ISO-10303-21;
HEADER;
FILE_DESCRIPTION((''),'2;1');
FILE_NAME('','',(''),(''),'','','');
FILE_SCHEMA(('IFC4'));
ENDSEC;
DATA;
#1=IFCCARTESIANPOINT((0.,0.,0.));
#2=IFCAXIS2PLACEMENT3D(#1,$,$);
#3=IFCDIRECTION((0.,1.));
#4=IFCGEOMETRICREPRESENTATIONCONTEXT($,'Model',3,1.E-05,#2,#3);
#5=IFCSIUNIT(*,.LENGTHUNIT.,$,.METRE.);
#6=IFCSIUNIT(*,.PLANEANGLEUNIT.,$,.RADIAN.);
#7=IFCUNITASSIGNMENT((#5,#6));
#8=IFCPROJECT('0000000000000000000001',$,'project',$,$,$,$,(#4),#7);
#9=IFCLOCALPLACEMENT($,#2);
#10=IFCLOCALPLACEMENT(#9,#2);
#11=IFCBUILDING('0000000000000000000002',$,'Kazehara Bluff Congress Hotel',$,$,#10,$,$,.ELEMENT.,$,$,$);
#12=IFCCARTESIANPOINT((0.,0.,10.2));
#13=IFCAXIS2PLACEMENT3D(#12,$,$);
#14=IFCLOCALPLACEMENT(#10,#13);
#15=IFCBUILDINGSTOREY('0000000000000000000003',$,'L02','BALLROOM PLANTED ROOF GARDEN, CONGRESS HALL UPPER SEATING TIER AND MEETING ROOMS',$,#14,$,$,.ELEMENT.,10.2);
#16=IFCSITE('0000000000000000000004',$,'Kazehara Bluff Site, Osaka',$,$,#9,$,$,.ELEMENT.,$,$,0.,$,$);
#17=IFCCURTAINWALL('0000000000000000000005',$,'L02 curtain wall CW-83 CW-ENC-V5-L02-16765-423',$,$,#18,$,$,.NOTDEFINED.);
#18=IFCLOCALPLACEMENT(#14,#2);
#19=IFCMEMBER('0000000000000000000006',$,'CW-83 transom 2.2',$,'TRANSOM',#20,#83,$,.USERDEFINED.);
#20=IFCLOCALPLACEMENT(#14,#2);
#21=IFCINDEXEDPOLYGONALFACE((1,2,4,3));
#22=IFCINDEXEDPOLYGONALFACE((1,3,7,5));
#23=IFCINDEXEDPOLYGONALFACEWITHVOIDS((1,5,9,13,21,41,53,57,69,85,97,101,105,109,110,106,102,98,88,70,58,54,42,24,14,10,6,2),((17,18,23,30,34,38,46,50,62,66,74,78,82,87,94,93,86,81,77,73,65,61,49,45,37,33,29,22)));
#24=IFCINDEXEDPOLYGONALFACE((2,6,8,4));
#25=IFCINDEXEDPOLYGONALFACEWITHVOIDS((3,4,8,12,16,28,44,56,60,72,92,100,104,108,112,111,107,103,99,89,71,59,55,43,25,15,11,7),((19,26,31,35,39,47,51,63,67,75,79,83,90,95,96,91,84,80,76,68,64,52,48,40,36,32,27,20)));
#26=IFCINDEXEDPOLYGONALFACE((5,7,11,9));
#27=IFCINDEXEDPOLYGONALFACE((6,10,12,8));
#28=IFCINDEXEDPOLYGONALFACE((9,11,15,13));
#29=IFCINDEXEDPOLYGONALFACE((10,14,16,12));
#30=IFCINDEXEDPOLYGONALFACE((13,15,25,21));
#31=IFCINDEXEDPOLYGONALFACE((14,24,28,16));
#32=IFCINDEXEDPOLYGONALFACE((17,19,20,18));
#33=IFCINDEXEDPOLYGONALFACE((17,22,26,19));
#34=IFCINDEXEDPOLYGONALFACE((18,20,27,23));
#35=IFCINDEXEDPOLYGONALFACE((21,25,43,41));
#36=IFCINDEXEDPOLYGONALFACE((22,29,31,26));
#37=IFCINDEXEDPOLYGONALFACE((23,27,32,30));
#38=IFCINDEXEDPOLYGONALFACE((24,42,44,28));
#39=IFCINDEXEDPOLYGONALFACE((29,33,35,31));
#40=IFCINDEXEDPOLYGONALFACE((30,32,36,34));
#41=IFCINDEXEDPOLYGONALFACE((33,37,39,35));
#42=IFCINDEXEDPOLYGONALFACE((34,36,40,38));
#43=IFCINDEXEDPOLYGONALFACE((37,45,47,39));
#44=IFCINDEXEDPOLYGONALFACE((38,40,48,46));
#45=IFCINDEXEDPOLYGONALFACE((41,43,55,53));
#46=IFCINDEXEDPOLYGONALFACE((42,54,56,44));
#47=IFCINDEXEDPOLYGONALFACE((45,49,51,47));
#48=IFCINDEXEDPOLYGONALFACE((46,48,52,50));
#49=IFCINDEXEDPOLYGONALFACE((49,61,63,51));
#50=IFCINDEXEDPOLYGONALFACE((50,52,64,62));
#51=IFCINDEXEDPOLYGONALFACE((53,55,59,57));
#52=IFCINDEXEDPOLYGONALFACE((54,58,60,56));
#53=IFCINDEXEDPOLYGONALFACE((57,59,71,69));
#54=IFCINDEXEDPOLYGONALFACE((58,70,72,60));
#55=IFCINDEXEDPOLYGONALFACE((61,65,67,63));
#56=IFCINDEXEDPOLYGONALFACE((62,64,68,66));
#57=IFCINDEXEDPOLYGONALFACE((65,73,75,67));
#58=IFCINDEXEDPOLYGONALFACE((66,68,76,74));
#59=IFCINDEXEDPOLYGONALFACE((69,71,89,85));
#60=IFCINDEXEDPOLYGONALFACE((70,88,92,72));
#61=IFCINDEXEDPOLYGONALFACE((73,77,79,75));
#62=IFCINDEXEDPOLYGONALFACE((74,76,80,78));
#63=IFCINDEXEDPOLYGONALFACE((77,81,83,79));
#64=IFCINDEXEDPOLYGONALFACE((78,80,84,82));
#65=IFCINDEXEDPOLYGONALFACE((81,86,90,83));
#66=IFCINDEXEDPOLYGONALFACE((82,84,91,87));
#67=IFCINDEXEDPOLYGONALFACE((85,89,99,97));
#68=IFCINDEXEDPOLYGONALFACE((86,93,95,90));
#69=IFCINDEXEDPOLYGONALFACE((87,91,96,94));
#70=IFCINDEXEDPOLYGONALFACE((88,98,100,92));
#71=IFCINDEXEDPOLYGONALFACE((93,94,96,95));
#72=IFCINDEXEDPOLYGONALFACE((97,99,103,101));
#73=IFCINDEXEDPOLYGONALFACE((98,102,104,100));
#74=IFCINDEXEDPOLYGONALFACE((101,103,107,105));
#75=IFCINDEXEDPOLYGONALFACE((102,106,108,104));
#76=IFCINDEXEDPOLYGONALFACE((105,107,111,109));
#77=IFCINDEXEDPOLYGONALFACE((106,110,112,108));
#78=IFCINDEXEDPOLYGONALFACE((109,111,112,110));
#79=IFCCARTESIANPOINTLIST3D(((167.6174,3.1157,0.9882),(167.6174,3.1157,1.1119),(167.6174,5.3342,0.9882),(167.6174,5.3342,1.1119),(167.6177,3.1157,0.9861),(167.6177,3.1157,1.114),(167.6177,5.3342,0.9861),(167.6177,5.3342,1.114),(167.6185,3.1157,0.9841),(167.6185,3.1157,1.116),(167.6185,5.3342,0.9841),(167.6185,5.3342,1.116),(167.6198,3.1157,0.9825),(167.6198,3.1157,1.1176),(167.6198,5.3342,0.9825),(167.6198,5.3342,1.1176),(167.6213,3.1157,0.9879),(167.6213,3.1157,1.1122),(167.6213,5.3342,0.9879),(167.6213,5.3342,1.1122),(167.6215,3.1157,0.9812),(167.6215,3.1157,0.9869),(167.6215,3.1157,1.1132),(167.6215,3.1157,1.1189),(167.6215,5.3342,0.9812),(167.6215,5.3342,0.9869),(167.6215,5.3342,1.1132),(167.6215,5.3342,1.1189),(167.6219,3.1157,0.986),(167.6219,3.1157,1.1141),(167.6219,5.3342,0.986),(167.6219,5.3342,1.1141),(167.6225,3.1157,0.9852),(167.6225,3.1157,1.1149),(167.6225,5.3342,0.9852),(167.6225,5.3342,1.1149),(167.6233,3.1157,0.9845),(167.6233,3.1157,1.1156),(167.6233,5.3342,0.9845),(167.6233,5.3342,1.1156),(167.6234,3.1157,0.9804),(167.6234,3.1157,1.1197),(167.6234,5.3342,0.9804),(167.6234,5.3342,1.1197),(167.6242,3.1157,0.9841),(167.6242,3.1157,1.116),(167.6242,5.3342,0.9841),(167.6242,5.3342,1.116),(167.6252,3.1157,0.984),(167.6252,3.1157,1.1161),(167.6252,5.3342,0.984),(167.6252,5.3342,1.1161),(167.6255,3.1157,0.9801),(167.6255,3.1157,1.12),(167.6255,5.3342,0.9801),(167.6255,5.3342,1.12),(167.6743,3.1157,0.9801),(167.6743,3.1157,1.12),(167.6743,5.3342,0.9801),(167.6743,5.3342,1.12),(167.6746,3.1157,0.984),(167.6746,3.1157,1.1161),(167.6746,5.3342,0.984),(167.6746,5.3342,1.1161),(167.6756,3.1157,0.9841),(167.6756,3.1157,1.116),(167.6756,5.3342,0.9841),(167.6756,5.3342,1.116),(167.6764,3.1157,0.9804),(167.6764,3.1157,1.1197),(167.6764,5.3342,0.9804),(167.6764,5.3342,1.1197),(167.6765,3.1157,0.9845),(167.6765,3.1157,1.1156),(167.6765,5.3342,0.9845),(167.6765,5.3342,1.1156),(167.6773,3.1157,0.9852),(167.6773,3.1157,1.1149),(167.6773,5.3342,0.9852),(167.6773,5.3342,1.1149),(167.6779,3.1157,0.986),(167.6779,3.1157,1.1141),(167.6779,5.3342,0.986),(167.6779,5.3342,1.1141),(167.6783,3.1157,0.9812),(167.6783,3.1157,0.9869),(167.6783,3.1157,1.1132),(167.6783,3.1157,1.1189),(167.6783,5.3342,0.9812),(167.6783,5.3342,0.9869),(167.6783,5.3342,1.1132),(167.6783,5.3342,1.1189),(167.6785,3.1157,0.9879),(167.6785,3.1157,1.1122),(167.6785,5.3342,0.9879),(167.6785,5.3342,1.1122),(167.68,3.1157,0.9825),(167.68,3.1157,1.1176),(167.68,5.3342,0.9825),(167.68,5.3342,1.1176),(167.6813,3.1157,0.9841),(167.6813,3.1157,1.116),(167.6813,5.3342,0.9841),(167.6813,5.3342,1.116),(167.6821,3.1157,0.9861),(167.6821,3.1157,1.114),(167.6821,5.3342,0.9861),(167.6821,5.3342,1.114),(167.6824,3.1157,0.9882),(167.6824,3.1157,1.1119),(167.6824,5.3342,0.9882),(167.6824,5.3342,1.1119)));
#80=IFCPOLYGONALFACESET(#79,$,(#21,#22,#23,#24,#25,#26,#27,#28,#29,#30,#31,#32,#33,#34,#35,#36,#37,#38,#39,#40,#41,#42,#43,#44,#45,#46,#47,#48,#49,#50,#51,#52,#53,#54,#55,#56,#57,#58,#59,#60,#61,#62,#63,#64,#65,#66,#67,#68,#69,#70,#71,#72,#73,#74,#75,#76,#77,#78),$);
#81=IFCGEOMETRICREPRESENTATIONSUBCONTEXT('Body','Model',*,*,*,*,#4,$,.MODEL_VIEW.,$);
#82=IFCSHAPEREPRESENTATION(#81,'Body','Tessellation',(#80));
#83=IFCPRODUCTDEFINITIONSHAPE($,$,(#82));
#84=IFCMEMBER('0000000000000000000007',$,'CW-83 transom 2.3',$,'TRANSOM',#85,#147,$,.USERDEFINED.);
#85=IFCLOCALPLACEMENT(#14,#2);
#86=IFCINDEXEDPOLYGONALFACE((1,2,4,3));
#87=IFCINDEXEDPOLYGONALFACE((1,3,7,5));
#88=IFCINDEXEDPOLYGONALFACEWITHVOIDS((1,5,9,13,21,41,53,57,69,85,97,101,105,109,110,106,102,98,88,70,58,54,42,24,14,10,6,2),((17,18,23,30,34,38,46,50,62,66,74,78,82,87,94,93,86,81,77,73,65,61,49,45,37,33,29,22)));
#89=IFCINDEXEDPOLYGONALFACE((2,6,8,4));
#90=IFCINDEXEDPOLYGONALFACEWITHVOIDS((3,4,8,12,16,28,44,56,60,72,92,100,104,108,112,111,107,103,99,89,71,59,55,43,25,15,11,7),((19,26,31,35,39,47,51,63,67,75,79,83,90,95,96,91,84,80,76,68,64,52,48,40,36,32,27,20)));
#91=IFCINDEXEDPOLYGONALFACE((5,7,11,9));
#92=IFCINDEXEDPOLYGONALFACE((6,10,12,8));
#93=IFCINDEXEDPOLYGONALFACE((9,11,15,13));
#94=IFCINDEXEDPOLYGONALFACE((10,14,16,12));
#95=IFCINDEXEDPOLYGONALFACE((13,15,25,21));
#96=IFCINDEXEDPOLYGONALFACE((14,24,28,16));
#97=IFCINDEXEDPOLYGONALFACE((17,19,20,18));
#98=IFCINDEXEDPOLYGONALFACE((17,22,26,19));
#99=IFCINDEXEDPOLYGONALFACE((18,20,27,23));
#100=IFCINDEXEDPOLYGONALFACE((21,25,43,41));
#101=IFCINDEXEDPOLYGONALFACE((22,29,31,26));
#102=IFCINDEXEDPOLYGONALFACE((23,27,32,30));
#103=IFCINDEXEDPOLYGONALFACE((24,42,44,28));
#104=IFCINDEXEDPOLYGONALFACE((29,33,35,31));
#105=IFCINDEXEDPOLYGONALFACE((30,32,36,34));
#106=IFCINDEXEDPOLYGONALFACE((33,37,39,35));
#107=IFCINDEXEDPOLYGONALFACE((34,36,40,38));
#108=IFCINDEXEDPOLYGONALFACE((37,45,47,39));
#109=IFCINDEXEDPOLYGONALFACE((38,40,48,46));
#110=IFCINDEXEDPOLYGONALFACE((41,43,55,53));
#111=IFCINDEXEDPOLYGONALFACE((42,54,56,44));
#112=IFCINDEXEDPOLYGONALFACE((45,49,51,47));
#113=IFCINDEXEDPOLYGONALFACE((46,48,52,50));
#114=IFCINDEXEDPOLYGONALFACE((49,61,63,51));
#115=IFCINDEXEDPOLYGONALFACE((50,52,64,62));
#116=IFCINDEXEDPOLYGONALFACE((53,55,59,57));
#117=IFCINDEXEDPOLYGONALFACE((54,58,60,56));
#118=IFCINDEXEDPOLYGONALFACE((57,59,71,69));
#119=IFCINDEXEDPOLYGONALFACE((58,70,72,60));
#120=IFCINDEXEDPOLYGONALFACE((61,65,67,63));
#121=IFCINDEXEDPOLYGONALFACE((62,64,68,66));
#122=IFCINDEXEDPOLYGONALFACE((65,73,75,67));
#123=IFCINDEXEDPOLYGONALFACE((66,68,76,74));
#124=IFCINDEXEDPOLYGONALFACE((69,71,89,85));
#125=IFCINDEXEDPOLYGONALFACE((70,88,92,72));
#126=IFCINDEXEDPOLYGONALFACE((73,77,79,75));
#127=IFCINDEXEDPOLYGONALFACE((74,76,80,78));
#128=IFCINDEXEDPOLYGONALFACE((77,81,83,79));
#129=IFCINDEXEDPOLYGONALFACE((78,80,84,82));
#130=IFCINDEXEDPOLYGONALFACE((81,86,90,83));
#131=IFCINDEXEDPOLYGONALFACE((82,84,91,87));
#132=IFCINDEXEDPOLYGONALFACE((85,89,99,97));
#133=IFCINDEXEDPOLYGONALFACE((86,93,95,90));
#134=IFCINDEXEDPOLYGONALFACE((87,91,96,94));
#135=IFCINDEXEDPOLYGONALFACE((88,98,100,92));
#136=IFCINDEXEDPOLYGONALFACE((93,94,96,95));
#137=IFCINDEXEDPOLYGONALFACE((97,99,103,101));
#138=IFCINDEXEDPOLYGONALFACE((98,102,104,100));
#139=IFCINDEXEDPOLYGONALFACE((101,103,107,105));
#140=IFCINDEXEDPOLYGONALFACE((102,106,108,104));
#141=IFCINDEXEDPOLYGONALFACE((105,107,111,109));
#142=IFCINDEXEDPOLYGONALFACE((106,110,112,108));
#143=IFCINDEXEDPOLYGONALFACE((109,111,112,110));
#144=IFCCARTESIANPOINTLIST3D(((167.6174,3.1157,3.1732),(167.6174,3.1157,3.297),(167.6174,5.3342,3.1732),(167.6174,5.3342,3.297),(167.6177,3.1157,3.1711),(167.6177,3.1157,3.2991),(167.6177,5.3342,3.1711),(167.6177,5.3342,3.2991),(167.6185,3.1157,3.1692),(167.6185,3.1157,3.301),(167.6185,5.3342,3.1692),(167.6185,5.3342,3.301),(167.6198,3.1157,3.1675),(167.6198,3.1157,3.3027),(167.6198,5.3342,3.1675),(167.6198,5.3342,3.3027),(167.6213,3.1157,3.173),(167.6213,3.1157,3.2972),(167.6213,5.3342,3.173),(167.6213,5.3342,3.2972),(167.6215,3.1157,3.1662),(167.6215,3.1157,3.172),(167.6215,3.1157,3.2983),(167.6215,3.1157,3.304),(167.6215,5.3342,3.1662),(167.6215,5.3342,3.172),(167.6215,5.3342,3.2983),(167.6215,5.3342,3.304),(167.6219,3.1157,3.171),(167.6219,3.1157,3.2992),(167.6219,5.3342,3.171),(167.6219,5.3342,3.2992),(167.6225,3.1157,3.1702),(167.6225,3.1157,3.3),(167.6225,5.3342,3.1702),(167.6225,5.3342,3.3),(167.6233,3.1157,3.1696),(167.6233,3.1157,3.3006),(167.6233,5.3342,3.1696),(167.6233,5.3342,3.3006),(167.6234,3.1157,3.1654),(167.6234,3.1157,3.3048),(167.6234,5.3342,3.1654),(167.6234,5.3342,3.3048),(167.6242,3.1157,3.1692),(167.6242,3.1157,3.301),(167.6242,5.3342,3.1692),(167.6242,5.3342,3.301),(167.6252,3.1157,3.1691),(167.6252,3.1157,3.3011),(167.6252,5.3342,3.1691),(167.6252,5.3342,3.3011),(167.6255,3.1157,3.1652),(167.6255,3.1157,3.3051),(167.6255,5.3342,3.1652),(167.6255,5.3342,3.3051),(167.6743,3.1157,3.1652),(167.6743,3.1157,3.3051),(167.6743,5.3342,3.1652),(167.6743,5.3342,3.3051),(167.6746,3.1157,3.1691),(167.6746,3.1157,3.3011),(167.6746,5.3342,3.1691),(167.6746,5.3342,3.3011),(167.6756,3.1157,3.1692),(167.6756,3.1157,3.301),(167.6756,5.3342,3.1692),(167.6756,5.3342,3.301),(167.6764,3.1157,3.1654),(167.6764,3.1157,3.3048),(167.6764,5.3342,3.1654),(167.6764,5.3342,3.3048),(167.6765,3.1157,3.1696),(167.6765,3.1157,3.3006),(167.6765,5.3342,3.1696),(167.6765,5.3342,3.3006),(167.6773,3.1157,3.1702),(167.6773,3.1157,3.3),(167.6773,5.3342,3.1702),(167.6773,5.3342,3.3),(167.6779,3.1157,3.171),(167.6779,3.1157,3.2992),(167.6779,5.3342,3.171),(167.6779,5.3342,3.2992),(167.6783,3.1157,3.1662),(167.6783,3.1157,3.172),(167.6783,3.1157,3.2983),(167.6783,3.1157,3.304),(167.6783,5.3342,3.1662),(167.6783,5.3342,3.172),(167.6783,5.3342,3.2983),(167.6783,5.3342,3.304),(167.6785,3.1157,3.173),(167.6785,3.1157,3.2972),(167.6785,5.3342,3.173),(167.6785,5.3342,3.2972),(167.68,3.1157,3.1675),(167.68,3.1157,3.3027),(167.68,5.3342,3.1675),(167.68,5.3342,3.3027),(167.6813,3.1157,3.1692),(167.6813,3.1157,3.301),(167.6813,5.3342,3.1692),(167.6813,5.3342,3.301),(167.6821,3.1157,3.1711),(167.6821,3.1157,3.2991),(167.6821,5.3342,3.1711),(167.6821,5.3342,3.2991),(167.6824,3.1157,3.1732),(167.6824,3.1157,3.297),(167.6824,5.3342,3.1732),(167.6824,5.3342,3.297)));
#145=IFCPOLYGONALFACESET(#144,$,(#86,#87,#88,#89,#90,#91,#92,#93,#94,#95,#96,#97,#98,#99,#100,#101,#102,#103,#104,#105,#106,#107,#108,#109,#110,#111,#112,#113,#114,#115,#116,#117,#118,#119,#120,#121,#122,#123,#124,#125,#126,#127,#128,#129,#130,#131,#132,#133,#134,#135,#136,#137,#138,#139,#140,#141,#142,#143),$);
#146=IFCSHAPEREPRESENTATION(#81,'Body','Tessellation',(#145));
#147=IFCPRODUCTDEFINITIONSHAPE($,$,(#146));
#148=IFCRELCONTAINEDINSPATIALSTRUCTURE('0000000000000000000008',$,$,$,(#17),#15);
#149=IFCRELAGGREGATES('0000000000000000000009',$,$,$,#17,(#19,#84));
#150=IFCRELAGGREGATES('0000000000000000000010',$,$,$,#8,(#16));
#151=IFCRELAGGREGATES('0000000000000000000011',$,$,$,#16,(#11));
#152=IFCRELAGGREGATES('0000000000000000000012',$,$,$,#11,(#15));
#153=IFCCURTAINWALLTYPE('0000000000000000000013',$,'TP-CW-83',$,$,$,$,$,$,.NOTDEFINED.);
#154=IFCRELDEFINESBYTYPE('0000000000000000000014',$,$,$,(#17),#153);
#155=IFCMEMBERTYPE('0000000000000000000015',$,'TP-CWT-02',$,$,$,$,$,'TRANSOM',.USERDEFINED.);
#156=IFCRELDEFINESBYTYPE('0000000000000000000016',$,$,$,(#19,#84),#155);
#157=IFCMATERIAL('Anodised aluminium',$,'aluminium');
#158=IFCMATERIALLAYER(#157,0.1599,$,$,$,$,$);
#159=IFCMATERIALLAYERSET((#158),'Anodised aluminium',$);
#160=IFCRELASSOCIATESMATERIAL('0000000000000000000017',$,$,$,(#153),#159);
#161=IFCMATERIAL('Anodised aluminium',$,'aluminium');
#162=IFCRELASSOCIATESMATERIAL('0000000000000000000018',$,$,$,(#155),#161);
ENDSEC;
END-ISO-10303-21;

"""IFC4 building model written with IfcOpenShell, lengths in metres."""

from ifc_helpers import new_model, si_unit, direction, frame, origin, origin_2d, place, context, subcontext, project, spatial, hollow_rectangle, extrude, material, layer, layer_set, material_profile, profile_set, type_object, element, aggregate, save


model = new_model("IFC4")

# Units and contexts
model_context = context("Model", 3, precision=1e-05, world=origin(), true_north=direction((0.0, 1.0)))
body_context = subcontext(model_context, "Body", "Model", "MODEL_VIEW")
ifc_project = project(units=[si_unit("LENGTHUNIT", "METRE"), si_unit("PLANEANGLEUNIT", "RADIAN")], contexts=[model_context])

# Site, building, storey
site_placement = place(None, origin())
site = spatial("IfcSite", under=ifc_project, at=site_placement, Name="Kazehara Bluff Site, Osaka", CompositionType="ELEMENT", RefElevation=0.0)
building_placement = place(site_placement, origin())
building = spatial("IfcBuilding", under=site, at=building_placement, Name="Kazehara Bluff Congress Hotel", CompositionType="ELEMENT")
storey_placement = place(building_placement, frame((0.0, 0.0, 10.2)))
storey = spatial("IfcBuildingStorey", under=building, at=storey_placement, Name="L02", Description="BALLROOM PLANTED ROOF GARDEN, CONGRESS HALL UPPER SEATING TIER AND MEETING ROOMS", CompositionType="ELEMENT", Elevation=10.2)

# Curtain wall, members
ifc_material_1 = material(Name="Anodised aluminium", Category="aluminium")
ifc_layer_1 = layer(ifc_material_1, 0.1599)
ifc_layer_set_1 = layer_set([ifc_layer_1], Name="Anodised aluminium")
curtain_wall_type = type_object("IfcCurtainWallType", Name="TP-CW-83", PredefinedType="NOTDEFINED", material=ifc_layer_set_1)
curtain_wall_placement = place(storey_placement, origin())
curtain_wall = element("IfcCurtainWall", 1, at=curtain_wall_placement, inside=storey, type_object=curtain_wall_type, Name="L02 curtain wall CW-83 CW-ENC-V5-L02-16765-423", PredefinedType="NOTDEFINED")
ifc_material_2 = material(Name="Anodised aluminium", Category="aluminium")
ifc_material_profile_1 = material_profile(ifc_material_2, hollow_rectangle(XDim=0.0649, YDim=0.1399, WallThickness=0.0039, InnerFilletRadius=0.0039, OuterFilletRadius=0.0081, at=origin_2d()))
ifc_profile_set_1 = profile_set([ifc_material_profile_1], Name="Anodised aluminium")
member_type_1 = type_object("IfcMemberType", Name="TP-CWT-02", ElementType="TRANSOM", PredefinedType="USERDEFINED", material=ifc_profile_set_1)
member_1_placement = place(storey_placement, frame((167.6499, 5.3342, 1.05), z_axis=(0.0, -1.0, 0.0), x_axis=(1.0, 0.0, 0.0)))
member_1 = element("IfcMember", 2, at=member_1_placement, type_object=member_type_1, Name="CW-83 transom 2.2", ObjectType="TRANSOM", PredefinedType="USERDEFINED", context=body_context, shape_type="SweptSolid", body=[
    extrude(hollow_rectangle(XDim=0.0649, YDim=0.1399, WallThickness=0.0039, InnerFilletRadius=0.0039, OuterFilletRadius=0.0081, at=origin_2d()), origin(), (0.0, 0.0, 1.0), 2.2185),
])
member_2_placement = place(storey_placement, frame((167.6499, 5.3342, 3.2351), z_axis=(0.0, -1.0, 0.0), x_axis=(1.0, 0.0, 0.0)))
member_2 = element("IfcMember", 3, at=member_2_placement, type_object=member_type_1, Name="CW-83 transom 2.3", ObjectType="TRANSOM", PredefinedType="USERDEFINED", context=body_context, shape_type="SweptSolid", body=[
    extrude(hollow_rectangle(XDim=0.0649, YDim=0.1399, WallThickness=0.0039, InnerFilletRadius=0.0039, OuterFilletRadius=0.0081, at=origin_2d()), origin(), (0.0, 0.0, 1.0), 2.2185),
])

aggregate(curtain_wall, [member_1, member_2])

save(model, "model.ifc")
